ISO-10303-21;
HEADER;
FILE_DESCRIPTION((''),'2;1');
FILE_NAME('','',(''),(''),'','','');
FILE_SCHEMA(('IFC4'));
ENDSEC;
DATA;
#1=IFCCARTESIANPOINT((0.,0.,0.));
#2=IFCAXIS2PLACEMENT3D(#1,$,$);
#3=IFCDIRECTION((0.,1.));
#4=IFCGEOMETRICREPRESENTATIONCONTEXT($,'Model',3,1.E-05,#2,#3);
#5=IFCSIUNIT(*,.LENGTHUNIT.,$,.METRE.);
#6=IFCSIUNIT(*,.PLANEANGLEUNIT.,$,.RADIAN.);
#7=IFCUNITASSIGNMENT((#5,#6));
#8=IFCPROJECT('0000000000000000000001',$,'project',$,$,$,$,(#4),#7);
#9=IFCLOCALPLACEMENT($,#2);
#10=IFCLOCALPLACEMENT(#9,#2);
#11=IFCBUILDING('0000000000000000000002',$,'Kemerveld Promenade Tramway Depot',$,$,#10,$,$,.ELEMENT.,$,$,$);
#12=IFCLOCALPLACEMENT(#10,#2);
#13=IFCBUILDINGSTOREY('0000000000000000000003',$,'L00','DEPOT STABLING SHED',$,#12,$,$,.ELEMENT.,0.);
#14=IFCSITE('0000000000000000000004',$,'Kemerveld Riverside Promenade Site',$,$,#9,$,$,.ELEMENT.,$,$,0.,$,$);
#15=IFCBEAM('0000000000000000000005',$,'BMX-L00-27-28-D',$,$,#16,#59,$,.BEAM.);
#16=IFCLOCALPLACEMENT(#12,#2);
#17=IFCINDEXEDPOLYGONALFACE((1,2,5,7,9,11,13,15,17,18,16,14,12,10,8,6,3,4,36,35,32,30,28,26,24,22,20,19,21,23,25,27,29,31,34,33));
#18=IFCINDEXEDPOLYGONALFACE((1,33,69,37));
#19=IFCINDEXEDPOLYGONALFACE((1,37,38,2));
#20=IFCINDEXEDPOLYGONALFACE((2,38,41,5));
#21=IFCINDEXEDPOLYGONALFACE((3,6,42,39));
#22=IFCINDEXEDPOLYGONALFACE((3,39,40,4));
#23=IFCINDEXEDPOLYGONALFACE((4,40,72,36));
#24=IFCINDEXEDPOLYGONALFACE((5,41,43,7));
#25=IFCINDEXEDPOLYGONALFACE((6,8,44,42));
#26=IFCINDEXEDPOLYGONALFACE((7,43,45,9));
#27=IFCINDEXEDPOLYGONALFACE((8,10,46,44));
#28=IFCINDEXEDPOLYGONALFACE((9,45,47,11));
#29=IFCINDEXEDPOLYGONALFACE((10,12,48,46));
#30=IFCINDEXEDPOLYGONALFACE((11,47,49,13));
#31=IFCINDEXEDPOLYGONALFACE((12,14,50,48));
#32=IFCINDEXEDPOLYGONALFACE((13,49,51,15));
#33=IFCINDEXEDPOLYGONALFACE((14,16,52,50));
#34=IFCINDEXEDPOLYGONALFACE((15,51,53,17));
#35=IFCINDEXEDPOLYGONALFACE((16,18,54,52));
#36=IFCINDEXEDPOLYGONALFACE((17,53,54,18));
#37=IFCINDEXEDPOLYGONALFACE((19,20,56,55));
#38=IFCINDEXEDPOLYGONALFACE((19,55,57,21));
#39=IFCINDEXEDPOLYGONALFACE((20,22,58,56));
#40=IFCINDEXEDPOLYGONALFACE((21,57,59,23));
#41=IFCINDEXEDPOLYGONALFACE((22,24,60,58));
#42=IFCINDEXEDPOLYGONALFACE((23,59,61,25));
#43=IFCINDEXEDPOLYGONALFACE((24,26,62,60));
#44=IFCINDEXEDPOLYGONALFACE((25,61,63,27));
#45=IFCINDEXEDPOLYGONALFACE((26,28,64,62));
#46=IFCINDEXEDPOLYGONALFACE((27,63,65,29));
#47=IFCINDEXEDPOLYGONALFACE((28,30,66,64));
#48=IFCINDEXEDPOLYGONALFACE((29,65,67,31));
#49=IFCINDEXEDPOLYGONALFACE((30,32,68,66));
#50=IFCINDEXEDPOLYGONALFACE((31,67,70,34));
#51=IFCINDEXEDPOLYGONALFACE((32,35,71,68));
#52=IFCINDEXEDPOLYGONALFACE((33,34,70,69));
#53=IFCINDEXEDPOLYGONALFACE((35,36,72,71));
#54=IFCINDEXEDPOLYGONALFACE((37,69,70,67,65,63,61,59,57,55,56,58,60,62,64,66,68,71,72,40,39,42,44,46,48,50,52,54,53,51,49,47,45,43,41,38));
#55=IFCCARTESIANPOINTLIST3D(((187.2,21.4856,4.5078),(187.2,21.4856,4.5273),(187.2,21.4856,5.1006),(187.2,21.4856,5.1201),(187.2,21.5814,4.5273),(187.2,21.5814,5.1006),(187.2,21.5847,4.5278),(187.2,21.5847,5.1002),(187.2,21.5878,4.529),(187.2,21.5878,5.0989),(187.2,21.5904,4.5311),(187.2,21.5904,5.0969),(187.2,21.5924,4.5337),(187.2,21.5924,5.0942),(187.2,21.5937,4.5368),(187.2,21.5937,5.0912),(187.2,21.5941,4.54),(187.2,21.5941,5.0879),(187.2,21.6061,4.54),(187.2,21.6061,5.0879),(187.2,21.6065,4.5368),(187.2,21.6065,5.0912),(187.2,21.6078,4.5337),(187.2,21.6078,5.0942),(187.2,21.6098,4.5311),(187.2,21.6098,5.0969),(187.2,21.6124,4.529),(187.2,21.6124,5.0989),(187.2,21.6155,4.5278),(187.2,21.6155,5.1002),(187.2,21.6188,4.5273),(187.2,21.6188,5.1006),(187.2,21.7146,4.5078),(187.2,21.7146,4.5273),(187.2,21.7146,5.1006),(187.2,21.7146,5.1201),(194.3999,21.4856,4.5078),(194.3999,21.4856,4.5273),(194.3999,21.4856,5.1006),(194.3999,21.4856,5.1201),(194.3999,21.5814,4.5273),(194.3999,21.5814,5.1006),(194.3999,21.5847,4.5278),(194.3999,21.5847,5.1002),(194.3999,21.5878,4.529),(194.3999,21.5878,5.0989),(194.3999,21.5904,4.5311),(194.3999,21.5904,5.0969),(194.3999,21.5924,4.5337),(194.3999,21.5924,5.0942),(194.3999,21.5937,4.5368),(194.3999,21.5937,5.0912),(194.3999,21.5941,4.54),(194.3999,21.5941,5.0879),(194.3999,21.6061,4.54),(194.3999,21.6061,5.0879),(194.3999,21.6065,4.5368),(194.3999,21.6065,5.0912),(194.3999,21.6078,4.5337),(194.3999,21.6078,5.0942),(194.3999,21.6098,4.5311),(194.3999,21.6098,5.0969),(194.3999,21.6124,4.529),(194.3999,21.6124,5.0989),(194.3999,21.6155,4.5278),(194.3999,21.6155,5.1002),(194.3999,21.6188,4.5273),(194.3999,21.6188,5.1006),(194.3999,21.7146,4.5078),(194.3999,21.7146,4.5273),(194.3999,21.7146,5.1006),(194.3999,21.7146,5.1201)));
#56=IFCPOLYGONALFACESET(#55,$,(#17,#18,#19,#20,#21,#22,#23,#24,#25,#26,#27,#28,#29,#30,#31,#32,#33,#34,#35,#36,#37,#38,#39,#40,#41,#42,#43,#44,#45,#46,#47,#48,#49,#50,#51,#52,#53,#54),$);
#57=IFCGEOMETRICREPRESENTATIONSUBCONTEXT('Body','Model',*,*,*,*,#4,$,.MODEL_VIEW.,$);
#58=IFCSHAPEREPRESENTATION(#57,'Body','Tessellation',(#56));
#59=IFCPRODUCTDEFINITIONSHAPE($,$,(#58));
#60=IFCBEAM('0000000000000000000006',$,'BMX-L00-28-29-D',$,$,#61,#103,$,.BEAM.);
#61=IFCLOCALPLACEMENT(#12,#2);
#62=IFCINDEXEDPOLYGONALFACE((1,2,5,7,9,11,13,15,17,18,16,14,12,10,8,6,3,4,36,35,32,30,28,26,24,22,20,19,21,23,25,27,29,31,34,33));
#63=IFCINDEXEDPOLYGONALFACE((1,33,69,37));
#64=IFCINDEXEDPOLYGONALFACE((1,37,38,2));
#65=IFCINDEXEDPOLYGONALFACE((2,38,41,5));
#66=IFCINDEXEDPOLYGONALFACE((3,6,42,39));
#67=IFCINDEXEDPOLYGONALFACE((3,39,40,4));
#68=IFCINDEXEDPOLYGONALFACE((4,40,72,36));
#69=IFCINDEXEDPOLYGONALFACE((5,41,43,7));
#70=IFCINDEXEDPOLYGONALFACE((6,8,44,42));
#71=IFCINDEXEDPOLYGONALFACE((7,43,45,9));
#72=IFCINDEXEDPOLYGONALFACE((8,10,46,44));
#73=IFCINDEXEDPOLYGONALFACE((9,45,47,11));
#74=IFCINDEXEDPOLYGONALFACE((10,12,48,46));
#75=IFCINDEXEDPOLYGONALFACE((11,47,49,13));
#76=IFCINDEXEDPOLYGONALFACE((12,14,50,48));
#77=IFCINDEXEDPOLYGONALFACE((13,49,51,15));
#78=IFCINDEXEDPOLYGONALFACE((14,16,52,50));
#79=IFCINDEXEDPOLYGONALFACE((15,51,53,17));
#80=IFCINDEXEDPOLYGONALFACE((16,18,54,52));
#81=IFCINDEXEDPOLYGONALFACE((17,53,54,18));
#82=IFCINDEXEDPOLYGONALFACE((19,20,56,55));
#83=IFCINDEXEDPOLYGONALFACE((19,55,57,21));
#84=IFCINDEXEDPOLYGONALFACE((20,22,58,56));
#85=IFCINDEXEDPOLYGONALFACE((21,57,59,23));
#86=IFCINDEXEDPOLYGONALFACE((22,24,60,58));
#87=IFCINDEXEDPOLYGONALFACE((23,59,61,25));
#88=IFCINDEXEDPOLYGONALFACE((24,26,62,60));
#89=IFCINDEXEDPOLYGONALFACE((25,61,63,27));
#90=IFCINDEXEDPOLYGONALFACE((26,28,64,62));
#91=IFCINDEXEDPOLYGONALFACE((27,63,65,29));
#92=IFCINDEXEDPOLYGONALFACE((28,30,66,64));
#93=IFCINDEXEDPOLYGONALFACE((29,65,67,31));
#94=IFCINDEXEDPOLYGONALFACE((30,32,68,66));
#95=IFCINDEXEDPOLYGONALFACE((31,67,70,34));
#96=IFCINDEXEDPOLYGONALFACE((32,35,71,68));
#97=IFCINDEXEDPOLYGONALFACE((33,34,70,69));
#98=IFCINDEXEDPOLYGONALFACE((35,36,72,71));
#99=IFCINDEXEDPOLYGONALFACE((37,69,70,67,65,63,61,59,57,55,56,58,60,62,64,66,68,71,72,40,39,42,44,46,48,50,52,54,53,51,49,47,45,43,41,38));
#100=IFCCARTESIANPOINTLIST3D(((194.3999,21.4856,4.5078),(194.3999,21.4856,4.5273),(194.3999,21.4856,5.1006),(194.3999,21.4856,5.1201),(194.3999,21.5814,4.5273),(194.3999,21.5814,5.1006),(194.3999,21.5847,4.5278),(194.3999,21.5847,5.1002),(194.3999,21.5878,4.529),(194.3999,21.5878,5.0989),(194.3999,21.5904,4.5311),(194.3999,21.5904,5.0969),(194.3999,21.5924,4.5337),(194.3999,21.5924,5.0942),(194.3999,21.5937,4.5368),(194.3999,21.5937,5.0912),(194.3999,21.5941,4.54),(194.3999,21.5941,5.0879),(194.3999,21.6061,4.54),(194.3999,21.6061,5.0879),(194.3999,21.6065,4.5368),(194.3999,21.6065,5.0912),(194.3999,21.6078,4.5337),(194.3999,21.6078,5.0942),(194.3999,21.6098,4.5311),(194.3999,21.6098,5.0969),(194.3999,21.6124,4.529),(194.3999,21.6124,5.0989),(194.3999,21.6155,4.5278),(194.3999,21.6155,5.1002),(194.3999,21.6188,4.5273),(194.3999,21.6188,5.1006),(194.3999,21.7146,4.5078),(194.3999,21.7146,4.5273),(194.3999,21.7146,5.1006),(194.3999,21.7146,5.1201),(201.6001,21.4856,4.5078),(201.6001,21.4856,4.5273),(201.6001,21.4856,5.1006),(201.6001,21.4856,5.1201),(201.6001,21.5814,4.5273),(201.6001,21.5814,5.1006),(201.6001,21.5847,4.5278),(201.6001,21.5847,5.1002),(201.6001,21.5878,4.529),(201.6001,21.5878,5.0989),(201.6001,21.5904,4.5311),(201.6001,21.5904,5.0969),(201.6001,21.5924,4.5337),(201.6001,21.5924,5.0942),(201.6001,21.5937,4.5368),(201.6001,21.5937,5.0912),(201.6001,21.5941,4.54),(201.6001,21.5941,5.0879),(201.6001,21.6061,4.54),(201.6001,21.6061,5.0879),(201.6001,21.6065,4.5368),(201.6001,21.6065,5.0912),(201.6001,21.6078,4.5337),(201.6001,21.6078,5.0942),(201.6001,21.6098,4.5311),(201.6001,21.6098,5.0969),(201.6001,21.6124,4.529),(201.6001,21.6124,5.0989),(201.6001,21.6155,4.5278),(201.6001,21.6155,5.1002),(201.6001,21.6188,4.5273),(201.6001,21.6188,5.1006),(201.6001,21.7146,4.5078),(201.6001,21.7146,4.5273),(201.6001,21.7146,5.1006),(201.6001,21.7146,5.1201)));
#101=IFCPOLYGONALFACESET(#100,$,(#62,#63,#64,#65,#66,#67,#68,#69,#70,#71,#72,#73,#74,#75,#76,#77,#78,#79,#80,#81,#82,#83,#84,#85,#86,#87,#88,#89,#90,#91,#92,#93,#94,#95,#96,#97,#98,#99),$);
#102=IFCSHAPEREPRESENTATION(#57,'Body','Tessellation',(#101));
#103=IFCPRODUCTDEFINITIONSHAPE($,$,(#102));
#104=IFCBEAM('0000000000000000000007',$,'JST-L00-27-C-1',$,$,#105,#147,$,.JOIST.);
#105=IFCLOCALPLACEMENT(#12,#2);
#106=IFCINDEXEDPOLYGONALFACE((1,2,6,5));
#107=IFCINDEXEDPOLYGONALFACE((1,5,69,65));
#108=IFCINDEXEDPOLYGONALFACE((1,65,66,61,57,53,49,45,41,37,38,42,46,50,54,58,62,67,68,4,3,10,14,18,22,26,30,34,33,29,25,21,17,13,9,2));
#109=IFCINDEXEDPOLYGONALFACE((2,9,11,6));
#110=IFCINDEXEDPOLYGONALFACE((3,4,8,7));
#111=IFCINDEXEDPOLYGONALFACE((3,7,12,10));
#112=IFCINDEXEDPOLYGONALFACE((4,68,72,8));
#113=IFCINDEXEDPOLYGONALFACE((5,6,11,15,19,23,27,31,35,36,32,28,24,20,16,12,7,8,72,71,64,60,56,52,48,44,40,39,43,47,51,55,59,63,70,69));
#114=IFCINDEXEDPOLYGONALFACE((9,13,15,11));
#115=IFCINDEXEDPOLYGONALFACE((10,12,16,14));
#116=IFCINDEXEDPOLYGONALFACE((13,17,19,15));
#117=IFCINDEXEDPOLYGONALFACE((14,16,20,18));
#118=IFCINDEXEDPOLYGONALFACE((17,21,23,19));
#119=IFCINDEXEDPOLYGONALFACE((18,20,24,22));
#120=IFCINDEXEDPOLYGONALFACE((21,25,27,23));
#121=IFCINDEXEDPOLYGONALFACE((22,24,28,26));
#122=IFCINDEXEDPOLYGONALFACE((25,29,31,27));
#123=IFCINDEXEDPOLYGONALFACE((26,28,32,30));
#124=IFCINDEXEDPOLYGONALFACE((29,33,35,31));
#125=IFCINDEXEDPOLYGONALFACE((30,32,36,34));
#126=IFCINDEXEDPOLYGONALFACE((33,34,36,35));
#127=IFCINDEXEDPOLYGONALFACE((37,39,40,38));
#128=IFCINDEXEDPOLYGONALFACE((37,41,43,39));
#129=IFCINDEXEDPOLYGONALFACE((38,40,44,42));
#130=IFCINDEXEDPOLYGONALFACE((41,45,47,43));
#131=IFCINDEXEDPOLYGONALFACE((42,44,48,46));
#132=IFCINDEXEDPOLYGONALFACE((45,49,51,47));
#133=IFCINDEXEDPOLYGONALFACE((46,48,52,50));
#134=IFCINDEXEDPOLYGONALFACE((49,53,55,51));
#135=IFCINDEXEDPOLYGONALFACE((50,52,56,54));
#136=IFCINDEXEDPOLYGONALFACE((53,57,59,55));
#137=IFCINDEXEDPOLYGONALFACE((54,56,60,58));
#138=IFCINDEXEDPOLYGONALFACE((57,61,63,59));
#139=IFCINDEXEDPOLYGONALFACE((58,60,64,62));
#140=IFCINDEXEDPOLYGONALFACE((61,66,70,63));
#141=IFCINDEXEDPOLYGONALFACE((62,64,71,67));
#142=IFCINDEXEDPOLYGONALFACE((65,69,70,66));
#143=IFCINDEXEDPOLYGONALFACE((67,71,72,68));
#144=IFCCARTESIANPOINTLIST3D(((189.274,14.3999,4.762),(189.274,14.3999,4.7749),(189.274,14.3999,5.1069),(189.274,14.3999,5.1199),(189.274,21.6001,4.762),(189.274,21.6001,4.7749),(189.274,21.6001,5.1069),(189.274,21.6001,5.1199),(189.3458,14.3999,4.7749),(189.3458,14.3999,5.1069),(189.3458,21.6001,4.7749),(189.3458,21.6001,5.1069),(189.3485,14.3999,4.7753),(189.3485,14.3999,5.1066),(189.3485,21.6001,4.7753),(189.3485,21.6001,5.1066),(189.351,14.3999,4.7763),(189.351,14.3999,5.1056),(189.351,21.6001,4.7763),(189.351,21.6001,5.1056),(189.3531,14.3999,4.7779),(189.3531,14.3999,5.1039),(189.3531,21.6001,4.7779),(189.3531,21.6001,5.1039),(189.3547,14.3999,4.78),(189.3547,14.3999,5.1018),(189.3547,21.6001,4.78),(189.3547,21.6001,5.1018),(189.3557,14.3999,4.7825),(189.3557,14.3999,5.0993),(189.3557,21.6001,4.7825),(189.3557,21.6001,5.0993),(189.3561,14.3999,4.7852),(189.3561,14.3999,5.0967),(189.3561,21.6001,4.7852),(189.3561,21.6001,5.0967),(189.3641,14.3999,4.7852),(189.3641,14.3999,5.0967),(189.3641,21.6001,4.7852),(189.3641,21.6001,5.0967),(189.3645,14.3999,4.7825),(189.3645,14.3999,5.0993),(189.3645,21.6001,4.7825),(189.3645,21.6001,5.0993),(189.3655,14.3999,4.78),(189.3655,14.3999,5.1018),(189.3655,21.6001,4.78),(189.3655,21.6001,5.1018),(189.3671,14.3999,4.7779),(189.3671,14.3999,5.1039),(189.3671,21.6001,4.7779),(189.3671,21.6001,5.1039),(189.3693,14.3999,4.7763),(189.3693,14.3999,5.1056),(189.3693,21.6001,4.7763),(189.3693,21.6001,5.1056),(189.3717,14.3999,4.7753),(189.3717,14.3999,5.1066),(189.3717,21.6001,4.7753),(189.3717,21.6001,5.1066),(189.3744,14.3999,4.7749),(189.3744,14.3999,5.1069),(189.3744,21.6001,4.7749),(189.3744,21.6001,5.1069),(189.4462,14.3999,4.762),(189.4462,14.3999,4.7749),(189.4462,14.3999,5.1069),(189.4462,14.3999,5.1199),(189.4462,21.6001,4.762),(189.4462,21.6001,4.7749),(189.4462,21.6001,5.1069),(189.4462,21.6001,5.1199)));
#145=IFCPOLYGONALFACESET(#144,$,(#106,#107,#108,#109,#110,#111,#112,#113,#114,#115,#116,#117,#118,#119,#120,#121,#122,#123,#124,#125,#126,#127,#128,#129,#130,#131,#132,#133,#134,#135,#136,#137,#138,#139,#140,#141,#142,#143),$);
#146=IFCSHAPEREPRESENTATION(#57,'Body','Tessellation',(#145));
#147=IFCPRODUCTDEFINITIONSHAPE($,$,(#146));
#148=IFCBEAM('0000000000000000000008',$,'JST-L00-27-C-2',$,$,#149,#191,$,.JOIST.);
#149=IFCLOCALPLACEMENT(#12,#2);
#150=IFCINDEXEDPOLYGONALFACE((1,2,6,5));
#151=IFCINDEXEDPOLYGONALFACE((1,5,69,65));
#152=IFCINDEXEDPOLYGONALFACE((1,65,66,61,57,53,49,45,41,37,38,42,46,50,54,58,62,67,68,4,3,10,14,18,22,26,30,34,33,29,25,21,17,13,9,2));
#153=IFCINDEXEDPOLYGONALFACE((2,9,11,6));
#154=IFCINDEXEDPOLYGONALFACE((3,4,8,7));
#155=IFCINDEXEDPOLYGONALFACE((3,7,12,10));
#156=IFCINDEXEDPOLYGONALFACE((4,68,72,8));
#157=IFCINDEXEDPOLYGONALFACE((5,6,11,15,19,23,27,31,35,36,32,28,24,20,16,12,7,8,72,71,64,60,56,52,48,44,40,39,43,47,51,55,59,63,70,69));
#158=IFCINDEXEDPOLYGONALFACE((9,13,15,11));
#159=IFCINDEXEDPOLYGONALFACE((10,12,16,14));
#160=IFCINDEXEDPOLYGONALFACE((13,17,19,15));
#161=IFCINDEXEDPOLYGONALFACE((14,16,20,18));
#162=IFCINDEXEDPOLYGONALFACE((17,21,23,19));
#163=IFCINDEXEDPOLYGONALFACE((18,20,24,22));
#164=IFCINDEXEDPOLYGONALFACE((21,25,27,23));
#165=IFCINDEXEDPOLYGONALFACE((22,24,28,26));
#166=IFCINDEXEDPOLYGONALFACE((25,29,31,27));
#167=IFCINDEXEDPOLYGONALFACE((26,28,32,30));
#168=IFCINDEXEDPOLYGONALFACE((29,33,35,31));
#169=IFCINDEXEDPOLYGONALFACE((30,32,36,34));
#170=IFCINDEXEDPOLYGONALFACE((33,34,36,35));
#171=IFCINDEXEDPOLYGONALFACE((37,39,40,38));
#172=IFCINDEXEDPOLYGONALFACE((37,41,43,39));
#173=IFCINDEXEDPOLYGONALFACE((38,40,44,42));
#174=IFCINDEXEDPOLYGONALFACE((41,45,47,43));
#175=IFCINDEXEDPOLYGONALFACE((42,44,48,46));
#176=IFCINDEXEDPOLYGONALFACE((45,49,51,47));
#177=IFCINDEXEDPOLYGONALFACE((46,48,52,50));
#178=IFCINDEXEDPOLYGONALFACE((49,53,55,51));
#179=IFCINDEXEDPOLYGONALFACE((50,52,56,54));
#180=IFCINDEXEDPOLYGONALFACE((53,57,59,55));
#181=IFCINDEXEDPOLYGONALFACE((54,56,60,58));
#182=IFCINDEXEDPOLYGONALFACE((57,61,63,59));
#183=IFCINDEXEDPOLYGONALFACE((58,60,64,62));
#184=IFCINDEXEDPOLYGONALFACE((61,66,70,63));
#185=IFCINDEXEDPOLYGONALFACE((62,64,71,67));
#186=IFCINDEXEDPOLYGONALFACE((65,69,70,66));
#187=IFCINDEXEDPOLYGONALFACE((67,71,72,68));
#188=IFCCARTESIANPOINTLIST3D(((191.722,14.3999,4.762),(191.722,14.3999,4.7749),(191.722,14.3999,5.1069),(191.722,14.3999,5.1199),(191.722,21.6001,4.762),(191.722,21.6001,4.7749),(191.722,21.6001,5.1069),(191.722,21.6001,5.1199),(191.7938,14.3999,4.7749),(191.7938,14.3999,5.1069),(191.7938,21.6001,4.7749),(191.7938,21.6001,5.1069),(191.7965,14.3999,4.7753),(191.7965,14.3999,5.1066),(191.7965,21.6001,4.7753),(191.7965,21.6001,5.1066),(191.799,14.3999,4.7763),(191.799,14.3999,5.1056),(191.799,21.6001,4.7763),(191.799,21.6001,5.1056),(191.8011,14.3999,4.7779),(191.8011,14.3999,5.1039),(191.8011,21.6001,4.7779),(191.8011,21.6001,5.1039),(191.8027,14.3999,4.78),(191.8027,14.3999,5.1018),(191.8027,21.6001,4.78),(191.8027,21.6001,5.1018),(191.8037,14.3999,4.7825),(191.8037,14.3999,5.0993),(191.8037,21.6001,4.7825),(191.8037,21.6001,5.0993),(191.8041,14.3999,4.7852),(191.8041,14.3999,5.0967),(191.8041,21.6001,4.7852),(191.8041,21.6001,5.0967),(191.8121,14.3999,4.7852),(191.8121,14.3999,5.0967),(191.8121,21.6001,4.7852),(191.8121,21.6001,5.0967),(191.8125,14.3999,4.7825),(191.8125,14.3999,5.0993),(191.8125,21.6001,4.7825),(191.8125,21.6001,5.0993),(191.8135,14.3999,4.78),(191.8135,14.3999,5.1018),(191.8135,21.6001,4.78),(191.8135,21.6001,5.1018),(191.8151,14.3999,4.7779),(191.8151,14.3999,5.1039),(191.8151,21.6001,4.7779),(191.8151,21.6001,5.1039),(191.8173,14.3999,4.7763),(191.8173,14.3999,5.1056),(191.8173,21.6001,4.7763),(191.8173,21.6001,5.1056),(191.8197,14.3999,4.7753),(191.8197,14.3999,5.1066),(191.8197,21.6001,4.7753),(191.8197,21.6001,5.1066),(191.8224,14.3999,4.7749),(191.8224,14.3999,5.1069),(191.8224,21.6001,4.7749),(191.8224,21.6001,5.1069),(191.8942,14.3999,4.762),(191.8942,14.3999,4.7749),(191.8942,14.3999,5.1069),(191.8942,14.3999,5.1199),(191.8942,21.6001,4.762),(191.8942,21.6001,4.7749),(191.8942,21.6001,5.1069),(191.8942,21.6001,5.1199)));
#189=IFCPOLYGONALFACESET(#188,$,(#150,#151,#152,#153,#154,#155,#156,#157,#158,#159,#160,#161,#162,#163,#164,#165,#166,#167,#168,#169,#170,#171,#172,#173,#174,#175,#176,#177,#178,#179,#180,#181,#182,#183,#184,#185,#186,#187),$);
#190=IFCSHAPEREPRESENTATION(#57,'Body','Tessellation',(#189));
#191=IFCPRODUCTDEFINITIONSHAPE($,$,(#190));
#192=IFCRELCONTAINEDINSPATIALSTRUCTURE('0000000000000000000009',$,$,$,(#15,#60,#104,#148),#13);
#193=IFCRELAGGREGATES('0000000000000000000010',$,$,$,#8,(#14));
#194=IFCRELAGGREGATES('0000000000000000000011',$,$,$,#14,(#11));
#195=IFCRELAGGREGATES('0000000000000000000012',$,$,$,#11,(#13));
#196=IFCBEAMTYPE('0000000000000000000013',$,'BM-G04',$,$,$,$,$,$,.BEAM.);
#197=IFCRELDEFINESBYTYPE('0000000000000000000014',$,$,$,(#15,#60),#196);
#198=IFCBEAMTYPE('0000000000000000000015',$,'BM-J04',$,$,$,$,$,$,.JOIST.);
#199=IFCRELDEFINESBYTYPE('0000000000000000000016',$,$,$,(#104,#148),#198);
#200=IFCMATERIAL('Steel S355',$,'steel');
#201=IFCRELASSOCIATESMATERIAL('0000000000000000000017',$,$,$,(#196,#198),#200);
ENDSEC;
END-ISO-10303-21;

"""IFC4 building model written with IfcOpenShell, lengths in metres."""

from ifc_helpers import new_model, si_unit, direction, frame, origin, origin_2d, place, context, subcontext, project, spatial, i_section, extrude, material, material_profile, profile_set, type_object, element, save


model = new_model("IFC4")

# Units and contexts
model_context = context("Model", 3, precision=1e-05, world=origin(), true_north=direction((0.0, 1.0)))
body_context = subcontext(model_context, "Body", "Model", "MODEL_VIEW")
ifc_project = project(units=[si_unit("LENGTHUNIT", "METRE"), si_unit("PLANEANGLEUNIT", "RADIAN")], contexts=[model_context])

# Site, building, storey
site_placement = place(None, origin())
site = spatial("IfcSite", under=ifc_project, at=site_placement, Name="Kemerveld Riverside Promenade Site", CompositionType="ELEMENT", RefElevation=0.0)
building_placement = place(site_placement, origin())
building = spatial("IfcBuilding", under=site, at=building_placement, Name="Kemerveld Promenade Tramway Depot", CompositionType="ELEMENT")
storey_placement = place(building_placement, origin())
storey = spatial("IfcBuildingStorey", under=building, at=storey_placement, Name="L00", Description="DEPOT STABLING SHED", CompositionType="ELEMENT", Elevation=0.0)

# Shared definitions
ifc_material_1 = material(Name="Steel S355", Category="steel")

# Beams
ifc_material_profile_1 = material_profile(ifc_material_1, i_section(OverallWidth=0.229, OverallDepth=0.6123, WebThickness=0.012, FlangeThickness=0.0195, FilletRadius=0.0127, at=origin_2d()), Name="610x229x125 UB")
ifc_profile_set_1 = profile_set([ifc_material_profile_1], Name="Steel S355")
beam_type_1 = type_object("IfcBeamType", Name="BM-G04", PredefinedType="BEAM", material=ifc_profile_set_1)
beam_1_placement = place(storey_placement, frame((187.2, 21.6001, 4.814), z_axis=(1.0, 0.0, 0.0), x_axis=(0.0, 1.0, 0.0)))
element("IfcBeam", 1, at=beam_1_placement, inside=storey, type_object=beam_type_1, Name="BMX-L00-27-28-D", PredefinedType="BEAM", context=body_context, shape_type="SweptSolid", body=[
    extrude(i_section(OverallWidth=0.229, OverallDepth=0.6123, WebThickness=0.012, FlangeThickness=0.0195, FilletRadius=0.0127, at=origin_2d()), origin(), (0.0, 0.0, 1.0), 7.2),
])
beam_2_placement = place(storey_placement, frame((194.3999, 21.6001, 4.814), z_axis=(1.0, 0.0, 0.0), x_axis=(0.0, 1.0, 0.0)))
element("IfcBeam", 2, at=beam_2_placement, inside=storey, type_object=beam_type_1, Name="BMX-L00-28-29-D", PredefinedType="BEAM", context=body_context, shape_type="SweptSolid", body=[
    extrude(i_section(OverallWidth=0.229, OverallDepth=0.6123, WebThickness=0.012, FlangeThickness=0.0195, FilletRadius=0.0127, at=origin_2d()), origin(), (0.0, 0.0, 1.0), 7.2002),
])
ifc_material_profile_2 = material_profile(ifc_material_1, i_section(OverallWidth=0.1721, OverallDepth=0.3579, WebThickness=0.0081, FlangeThickness=0.0129, FilletRadius=0.0103, at=origin_2d()), Name="356x171x57 UB")
ifc_profile_set_2 = profile_set([ifc_material_profile_2], Name="Steel S355")
beam_type_2 = type_object("IfcBeamType", Name="BM-J04", PredefinedType="JOIST", material=ifc_profile_set_2)
for number, where, z_axis, x_axis, name in (
    (3, (189.3601, 14.3999, 4.9409), (0.0, 1.0, 0.0), (-1.0, 0.0, 0.0), "JST-L00-27-C-1"),
    (4, (191.8081, 14.3999, 4.9409), (0.0, 1.0, 0.0), (-1.0, 0.0, 0.0), "JST-L00-27-C-2"),
):
    element("IfcBeam", number, at=place(storey_placement, frame(where, z_axis=z_axis, x_axis=x_axis)), inside=storey, type_object=beam_type_2, Name=name, PredefinedType="JOIST", context=body_context, shape_type="SweptSolid", body=[
        extrude(i_section(OverallWidth=0.1721, OverallDepth=0.3579, WebThickness=0.0081, FlangeThickness=0.0129, FilletRadius=0.0103, at=origin_2d()), origin(), (0.0, 0.0, 1.0), 7.2002),
    ])

save(model, "model.ifc")
